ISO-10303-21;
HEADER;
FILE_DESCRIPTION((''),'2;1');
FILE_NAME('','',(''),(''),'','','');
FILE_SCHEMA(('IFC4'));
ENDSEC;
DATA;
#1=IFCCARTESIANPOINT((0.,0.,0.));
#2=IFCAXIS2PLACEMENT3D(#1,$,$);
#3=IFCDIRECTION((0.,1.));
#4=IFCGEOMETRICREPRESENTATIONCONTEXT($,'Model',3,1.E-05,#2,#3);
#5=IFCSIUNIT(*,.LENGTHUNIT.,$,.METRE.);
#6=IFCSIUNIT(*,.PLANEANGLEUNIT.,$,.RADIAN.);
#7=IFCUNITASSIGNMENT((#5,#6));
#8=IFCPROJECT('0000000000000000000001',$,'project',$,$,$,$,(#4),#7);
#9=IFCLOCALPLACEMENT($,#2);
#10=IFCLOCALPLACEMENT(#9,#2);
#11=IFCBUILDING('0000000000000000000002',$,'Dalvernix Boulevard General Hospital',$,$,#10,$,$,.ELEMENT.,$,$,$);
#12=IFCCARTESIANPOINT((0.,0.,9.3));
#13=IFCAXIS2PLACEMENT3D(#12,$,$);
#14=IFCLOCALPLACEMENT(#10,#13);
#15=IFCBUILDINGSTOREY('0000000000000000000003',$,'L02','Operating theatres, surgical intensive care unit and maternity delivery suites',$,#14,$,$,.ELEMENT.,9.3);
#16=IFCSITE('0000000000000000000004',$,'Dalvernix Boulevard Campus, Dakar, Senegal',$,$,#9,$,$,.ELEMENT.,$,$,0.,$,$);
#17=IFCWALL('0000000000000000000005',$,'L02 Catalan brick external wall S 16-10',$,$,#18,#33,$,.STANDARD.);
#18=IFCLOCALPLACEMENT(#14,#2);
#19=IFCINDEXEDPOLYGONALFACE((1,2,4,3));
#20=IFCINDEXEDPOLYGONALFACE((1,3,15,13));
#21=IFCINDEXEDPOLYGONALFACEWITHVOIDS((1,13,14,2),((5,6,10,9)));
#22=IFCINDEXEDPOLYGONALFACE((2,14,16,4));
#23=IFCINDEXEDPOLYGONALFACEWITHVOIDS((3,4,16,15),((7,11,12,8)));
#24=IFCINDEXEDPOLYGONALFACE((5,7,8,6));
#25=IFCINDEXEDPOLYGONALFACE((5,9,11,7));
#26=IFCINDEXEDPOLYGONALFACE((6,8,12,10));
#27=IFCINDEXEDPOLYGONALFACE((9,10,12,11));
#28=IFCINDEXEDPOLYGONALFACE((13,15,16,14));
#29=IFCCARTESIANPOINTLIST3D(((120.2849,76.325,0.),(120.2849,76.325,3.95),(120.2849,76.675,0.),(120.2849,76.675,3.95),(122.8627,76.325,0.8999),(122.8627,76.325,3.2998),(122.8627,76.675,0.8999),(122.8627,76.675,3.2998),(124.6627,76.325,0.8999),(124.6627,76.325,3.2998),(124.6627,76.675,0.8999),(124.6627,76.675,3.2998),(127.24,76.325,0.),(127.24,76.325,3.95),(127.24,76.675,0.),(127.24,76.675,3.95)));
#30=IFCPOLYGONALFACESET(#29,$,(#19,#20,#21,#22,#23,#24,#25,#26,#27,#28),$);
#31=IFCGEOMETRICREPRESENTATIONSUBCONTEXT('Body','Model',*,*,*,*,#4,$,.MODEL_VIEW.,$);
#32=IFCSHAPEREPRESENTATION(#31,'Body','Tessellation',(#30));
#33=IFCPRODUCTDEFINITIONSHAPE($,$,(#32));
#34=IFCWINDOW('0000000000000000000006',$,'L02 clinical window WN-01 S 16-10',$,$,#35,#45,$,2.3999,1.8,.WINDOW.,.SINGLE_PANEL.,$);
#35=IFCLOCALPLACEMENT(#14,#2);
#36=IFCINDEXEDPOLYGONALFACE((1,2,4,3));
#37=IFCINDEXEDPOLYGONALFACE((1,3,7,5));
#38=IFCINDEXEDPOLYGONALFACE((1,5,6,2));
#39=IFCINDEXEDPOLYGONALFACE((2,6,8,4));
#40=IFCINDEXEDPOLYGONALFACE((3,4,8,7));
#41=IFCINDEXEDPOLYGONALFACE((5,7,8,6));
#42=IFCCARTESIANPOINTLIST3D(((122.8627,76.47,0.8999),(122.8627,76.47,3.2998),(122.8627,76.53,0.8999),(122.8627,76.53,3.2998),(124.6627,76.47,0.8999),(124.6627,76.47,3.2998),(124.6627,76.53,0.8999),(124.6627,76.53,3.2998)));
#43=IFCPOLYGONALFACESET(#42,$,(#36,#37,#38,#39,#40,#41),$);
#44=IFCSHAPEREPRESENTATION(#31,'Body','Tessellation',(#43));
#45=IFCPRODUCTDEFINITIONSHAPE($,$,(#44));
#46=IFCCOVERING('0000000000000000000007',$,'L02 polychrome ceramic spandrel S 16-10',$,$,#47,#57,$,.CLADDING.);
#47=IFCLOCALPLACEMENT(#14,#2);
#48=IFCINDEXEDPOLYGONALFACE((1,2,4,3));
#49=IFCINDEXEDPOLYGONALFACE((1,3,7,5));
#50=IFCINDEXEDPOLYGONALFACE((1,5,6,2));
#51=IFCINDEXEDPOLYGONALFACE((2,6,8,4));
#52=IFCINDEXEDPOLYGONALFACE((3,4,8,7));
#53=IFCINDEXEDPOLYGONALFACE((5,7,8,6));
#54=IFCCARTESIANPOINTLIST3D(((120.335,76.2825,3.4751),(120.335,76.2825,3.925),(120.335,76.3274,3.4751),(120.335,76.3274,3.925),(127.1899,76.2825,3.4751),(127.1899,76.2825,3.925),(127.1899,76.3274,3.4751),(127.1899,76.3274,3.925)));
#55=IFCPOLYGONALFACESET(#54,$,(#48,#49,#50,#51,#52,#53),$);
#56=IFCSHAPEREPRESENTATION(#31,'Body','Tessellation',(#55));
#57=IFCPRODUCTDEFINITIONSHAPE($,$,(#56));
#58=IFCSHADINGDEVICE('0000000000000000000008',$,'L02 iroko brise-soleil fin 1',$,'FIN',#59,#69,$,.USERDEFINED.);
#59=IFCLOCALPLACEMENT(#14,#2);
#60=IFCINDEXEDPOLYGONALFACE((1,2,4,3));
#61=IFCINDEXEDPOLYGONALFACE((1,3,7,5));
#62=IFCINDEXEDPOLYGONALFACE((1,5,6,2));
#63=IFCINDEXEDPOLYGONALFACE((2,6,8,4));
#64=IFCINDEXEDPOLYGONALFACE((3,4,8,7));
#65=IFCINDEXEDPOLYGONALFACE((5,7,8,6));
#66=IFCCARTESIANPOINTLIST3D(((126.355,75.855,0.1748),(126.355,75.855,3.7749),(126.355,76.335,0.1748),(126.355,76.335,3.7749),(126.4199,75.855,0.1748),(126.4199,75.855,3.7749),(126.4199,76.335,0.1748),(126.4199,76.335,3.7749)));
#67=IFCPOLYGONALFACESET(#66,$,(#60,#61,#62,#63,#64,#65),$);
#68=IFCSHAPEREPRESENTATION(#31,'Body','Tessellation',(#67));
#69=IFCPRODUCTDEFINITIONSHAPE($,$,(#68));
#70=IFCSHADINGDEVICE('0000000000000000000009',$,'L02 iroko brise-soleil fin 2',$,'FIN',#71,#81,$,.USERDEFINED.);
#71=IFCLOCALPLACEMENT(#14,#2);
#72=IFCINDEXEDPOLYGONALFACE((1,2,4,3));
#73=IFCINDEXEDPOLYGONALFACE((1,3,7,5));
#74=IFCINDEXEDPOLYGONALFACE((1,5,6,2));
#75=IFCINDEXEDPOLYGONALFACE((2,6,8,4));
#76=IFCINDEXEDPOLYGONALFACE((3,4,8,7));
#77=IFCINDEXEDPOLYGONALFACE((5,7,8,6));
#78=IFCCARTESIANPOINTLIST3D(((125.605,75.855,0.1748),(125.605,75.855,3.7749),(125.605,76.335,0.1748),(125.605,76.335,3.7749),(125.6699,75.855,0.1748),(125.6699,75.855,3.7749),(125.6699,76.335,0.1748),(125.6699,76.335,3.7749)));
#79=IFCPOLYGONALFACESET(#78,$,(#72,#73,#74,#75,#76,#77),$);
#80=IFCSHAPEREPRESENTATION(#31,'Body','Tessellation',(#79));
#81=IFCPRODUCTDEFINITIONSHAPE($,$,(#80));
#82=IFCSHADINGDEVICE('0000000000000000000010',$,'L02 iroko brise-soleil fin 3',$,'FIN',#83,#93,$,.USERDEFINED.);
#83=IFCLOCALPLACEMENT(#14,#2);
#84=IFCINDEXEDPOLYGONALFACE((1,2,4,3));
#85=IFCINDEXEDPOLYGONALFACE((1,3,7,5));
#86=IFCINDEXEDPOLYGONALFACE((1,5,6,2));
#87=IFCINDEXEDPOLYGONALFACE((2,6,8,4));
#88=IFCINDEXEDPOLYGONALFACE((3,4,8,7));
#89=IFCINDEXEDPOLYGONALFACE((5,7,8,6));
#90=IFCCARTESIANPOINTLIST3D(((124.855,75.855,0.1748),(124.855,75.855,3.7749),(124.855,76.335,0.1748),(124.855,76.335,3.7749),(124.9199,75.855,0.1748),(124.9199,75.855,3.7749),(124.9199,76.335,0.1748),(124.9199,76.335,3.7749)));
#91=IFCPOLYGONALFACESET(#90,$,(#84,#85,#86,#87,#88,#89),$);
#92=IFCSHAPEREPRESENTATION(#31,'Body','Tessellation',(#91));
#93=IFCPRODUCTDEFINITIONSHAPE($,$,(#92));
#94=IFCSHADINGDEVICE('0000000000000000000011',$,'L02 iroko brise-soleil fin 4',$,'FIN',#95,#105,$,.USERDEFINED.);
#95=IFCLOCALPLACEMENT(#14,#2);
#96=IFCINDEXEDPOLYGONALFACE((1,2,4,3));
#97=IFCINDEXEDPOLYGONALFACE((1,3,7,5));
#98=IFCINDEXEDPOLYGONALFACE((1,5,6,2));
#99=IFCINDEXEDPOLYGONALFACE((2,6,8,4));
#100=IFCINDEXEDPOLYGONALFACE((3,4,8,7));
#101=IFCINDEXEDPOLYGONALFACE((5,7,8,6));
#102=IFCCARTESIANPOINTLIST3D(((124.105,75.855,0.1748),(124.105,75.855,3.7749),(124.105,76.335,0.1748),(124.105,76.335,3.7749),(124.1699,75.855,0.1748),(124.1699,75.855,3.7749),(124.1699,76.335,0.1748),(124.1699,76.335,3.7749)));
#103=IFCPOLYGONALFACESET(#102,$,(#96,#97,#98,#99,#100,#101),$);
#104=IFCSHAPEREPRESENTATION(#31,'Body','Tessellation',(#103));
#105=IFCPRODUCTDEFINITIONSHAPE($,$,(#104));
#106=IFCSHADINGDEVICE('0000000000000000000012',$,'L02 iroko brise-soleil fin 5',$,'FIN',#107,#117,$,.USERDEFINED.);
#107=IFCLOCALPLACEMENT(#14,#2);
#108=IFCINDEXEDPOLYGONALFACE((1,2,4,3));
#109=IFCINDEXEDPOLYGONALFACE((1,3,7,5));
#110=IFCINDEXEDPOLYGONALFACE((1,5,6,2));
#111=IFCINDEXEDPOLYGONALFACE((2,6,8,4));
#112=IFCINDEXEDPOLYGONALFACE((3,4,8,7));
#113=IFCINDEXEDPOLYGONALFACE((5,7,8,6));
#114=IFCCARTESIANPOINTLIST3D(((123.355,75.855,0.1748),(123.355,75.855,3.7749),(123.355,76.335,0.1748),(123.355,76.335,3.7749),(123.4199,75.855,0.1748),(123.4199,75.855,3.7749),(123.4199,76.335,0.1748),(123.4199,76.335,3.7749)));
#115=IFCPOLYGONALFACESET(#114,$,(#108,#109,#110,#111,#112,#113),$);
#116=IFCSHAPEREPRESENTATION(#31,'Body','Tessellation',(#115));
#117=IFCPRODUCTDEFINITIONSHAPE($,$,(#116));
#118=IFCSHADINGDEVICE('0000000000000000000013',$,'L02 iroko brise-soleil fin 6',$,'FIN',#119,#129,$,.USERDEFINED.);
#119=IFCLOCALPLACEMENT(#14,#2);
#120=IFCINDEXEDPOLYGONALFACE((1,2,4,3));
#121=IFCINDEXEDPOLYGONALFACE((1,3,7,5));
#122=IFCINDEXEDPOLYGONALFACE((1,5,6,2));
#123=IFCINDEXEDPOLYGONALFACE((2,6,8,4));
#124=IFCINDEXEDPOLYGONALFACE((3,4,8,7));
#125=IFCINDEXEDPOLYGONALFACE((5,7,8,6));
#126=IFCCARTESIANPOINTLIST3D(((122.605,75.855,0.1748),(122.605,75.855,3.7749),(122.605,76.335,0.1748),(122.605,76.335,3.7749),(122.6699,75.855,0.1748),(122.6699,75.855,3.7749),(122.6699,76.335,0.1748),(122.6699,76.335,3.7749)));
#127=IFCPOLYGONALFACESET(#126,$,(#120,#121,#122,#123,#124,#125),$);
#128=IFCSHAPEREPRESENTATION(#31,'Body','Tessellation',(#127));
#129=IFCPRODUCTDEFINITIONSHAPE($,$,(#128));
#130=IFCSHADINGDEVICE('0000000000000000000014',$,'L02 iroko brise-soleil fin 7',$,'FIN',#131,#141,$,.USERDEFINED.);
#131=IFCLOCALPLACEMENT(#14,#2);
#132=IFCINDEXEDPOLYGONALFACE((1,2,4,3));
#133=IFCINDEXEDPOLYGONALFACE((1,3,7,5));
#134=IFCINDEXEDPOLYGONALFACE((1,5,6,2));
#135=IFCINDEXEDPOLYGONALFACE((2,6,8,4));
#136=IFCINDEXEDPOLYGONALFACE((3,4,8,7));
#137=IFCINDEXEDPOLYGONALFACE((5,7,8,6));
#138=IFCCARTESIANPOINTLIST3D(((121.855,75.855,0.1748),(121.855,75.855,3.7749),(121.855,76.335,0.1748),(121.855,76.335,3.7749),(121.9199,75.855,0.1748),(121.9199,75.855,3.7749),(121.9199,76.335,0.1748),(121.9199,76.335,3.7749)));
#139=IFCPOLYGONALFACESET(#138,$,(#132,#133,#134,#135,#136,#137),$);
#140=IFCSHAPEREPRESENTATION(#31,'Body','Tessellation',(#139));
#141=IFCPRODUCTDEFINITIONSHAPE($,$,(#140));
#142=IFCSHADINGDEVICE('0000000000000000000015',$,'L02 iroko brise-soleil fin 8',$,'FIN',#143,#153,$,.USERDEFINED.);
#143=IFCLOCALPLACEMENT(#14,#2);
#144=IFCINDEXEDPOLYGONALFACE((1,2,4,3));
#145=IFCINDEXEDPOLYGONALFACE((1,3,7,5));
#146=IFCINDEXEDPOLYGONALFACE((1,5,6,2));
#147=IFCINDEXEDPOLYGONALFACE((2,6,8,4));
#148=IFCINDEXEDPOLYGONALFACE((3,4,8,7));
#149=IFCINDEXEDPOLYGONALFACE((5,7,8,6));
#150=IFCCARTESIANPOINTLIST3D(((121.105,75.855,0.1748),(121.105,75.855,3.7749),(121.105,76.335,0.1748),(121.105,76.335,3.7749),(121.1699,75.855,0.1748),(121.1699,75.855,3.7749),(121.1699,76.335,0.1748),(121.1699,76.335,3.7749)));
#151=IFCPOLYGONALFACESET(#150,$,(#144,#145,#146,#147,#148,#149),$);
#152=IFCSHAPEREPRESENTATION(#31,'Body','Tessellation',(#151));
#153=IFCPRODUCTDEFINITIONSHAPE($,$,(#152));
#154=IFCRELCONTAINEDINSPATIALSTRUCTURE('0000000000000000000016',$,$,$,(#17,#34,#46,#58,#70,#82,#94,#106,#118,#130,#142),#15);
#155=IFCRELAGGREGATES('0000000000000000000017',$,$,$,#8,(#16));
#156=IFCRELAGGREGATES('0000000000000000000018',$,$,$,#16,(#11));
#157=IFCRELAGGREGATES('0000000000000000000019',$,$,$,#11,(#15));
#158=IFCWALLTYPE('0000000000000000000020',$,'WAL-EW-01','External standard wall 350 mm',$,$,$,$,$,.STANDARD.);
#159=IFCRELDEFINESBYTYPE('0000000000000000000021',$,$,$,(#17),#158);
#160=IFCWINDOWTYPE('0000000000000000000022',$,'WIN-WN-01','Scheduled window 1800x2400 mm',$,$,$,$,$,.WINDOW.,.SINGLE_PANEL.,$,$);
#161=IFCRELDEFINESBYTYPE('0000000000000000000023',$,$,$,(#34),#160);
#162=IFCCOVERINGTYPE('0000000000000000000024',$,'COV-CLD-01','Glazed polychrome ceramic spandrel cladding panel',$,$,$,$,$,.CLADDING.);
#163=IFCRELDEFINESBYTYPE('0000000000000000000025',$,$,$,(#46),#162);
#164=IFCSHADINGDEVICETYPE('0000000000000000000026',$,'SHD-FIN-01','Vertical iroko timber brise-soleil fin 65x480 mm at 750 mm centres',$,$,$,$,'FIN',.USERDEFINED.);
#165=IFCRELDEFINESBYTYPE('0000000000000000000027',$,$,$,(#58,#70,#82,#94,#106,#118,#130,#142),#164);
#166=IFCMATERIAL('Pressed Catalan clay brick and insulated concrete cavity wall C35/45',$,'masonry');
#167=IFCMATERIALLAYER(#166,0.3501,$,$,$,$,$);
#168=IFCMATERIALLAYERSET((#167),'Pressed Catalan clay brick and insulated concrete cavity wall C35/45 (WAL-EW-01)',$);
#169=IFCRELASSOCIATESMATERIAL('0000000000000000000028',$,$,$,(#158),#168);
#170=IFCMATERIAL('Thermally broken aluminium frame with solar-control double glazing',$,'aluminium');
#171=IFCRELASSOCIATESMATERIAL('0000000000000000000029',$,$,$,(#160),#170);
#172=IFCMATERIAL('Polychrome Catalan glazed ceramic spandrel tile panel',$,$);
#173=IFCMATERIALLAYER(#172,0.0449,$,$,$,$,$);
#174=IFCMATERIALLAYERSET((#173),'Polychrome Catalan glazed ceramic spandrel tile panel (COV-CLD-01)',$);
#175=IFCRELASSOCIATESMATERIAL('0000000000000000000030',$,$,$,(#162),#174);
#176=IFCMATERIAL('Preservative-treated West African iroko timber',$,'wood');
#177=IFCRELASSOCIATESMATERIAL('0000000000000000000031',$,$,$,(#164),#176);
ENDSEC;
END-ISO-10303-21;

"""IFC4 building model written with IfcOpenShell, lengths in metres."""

from ifc_helpers import new_model, si_unit, direction, frame, frame_2d, origin, origin_2d, place, context, subcontext, project, spatial, rectangle, extrude, material, layer, layer_set, type_object, element, fill, save


model = new_model("IFC4")

# Units and contexts
model_context = context("Model", 3, precision=1e-05, world=origin(), true_north=direction((0.0, 1.0)))
body_context = subcontext(model_context, "Body", "Model", "MODEL_VIEW")
ifc_project = project(units=[si_unit("LENGTHUNIT", "METRE"), si_unit("PLANEANGLEUNIT", "RADIAN")], contexts=[model_context])

# Site, building, storey
site_placement = place(None, origin())
site = spatial("IfcSite", under=ifc_project, at=site_placement, Name="Dalvernix Boulevard Campus, Dakar, Senegal", CompositionType="ELEMENT", RefElevation=0.0)
building_placement = place(site_placement, origin())
building = spatial("IfcBuilding", under=site, at=building_placement, Name="Dalvernix Boulevard General Hospital", CompositionType="ELEMENT")
storey_placement = place(building_placement, frame((0.0, 0.0, 9.3)))
storey = spatial("IfcBuildingStorey", under=building, at=storey_placement, Name="L02", Description="Operating theatres, surgical intensive care unit and maternity delivery suites", CompositionType="ELEMENT", Elevation=9.3)

# Wall, opening, window
ifc_material_1 = material(Name="Pressed Catalan clay brick and insulated concrete cavity wall C35/45", Category="masonry")
ifc_layer_1 = layer(ifc_material_1, 0.3501)
ifc_layer_set_1 = layer_set([ifc_layer_1], Name="Pressed Catalan clay brick and insulated concrete cavity wall C35/45 (WAL-EW-01)")
wall_type = type_object("IfcWallType", Name="WAL-EW-01", Description="External standard wall 350 mm", PredefinedType="STANDARD", material=ifc_layer_set_1)
wall_placement = place(storey_placement, frame((127.24, 76.5, 0.0), z_axis=(0.0, 0.0, 1.0), x_axis=(-1.0, 0.0, 0.0)))
wall = element("IfcWall", 1, at=wall_placement, inside=storey, type_object=wall_type, Name="L02 Catalan brick external wall S 16-10", PredefinedType="STANDARD", context=body_context, shape_type="SweptSolid", body=[
    extrude(rectangle(XDim=6.9551, YDim=0.3501, at=frame_2d((3.4775, 0.0))), origin(), (0.0, 0.0, 1.0), 3.95),
])
opening_placement = place(wall_placement, frame((2.5774, 0.0, 0.8999)))
opening = element("IfcOpeningElement", 2, at=opening_placement, cuts=wall, PredefinedType="OPENING", context=body_context, shape_type="SweptSolid", body=[
    extrude(rectangle(XDim=1.8, YDim=2.3999, at=frame_2d((0.8999, 1.2))), frame((0.0, 0.1851, 0.0), z_axis=(0.0, -1.0, 0.0), x_axis=(1.0, 0.0, 0.0)), (0.0, 0.0, 1.0), 0.3701),
])
ifc_material_2 = material(Name="Thermally broken aluminium frame with solar-control double glazing", Category="aluminium")
window_type = type_object("IfcWindowType", Name="WIN-WN-01", Description="Scheduled window 1800x2400 mm", PartitioningType="SINGLE_PANEL", PredefinedType="WINDOW", material=ifc_material_2)
window_placement = place(opening_placement, origin())
window = element("IfcWindow", 3, at=window_placement, inside=storey, type_object=window_type, Name="L02 clinical window WN-01 S 16-10", OverallHeight=2.3999, OverallWidth=1.8, PartitioningType="SINGLE_PANEL", PredefinedType="WINDOW", context=body_context, shape_type="SweptSolid", body=[
    extrude(rectangle(XDim=1.8, YDim=2.3999, at=frame_2d((0.8999, 1.2))), frame((0.0, 0.03, 0.0), z_axis=(0.0, -1.0, 0.0), x_axis=(1.0, 0.0, 0.0)), (0.0, 0.0, 1.0), 0.0601),
])
fill(opening, window)

# Covering
ifc_material_3 = material(Name="Polychrome Catalan glazed ceramic spandrel tile panel")
ifc_layer_2 = layer(ifc_material_3, 0.0449)
ifc_layer_set_2 = layer_set([ifc_layer_2], Name="Polychrome Catalan glazed ceramic spandrel tile panel (COV-CLD-01)")
covering_type = type_object("IfcCoveringType", Name="COV-CLD-01", Description="Glazed polychrome ceramic spandrel cladding panel", PredefinedType="CLADDING", material=ifc_layer_set_2)
covering_placement = place(storey_placement, frame((123.7625, 76.3049, 3.4751), z_axis=(0.0, 0.0, 1.0), x_axis=(-1.0, 0.0, 0.0)))
element("IfcCovering", 4, at=covering_placement, inside=storey, type_object=covering_type, Name="L02 polychrome ceramic spandrel S 16-10", PredefinedType="CLADDING", context=body_context, shape_type="SweptSolid", body=[
    extrude(rectangle(XDim=6.855, YDim=0.0449, at=origin_2d()), origin(), (0.0, 0.0, 1.0), 0.45),
])

# Shading devices
ifc_material_4 = material(Name="Preservative-treated West African iroko timber", Category="wood")
shading_device_type = type_object("IfcShadingDeviceType", Name="SHD-FIN-01", Description="Vertical iroko timber brise-soleil fin 65x480 mm at 750 mm centres", ElementType="FIN", PredefinedType="USERDEFINED", material=ifc_material_4)
for number, where, z_axis, x_axis, name in (
    (5, (126.3875, 76.095, 0.1748), (0.0, 0.0, 1.0), (-1.0, 0.0, 0.0), "L02 iroko brise-soleil fin 1"),
    (6, (125.6375, 76.095, 0.1748), (0.0, 0.0, 1.0), (-1.0, 0.0, 0.0), "L02 iroko brise-soleil fin 2"),
    (7, (124.8875, 76.095, 0.1748), (0.0, 0.0, 1.0), (-1.0, 0.0, 0.0), "L02 iroko brise-soleil fin 3"),
    (8, (124.1375, 76.095, 0.1748), (0.0, 0.0, 1.0), (-1.0, 0.0, 0.0), "L02 iroko brise-soleil fin 4"),
    (9, (123.3875, 76.095, 0.1748), (0.0, 0.0, 1.0), (-1.0, 0.0, 0.0), "L02 iroko brise-soleil fin 5"),
    (10, (122.6375, 76.095, 0.1748), (0.0, 0.0, 1.0), (-1.0, 0.0, 0.0), "L02 iroko brise-soleil fin 6"),
    (11, (121.8875, 76.095, 0.1748), (0.0, 0.0, 1.0), (-1.0, 0.0, 0.0), "L02 iroko brise-soleil fin 7"),
    (12, (121.1375, 76.095, 0.1748), (0.0, 0.0, 1.0), (-1.0, 0.0, 0.0), "L02 iroko brise-soleil fin 8"),
):
    element("IfcShadingDevice", number, at=place(storey_placement, frame(where, z_axis=z_axis, x_axis=x_axis)), inside=storey, type_object=shading_device_type, Name=name, ObjectType="FIN", PredefinedType="USERDEFINED", context=body_context, shape_type="SweptSolid", body=[
        extrude(rectangle(XDim=0.0649, YDim=0.48, at=origin_2d()), origin(), (0.0, 0.0, 1.0), 3.6001),
    ])

save(model, "model.ifc")
